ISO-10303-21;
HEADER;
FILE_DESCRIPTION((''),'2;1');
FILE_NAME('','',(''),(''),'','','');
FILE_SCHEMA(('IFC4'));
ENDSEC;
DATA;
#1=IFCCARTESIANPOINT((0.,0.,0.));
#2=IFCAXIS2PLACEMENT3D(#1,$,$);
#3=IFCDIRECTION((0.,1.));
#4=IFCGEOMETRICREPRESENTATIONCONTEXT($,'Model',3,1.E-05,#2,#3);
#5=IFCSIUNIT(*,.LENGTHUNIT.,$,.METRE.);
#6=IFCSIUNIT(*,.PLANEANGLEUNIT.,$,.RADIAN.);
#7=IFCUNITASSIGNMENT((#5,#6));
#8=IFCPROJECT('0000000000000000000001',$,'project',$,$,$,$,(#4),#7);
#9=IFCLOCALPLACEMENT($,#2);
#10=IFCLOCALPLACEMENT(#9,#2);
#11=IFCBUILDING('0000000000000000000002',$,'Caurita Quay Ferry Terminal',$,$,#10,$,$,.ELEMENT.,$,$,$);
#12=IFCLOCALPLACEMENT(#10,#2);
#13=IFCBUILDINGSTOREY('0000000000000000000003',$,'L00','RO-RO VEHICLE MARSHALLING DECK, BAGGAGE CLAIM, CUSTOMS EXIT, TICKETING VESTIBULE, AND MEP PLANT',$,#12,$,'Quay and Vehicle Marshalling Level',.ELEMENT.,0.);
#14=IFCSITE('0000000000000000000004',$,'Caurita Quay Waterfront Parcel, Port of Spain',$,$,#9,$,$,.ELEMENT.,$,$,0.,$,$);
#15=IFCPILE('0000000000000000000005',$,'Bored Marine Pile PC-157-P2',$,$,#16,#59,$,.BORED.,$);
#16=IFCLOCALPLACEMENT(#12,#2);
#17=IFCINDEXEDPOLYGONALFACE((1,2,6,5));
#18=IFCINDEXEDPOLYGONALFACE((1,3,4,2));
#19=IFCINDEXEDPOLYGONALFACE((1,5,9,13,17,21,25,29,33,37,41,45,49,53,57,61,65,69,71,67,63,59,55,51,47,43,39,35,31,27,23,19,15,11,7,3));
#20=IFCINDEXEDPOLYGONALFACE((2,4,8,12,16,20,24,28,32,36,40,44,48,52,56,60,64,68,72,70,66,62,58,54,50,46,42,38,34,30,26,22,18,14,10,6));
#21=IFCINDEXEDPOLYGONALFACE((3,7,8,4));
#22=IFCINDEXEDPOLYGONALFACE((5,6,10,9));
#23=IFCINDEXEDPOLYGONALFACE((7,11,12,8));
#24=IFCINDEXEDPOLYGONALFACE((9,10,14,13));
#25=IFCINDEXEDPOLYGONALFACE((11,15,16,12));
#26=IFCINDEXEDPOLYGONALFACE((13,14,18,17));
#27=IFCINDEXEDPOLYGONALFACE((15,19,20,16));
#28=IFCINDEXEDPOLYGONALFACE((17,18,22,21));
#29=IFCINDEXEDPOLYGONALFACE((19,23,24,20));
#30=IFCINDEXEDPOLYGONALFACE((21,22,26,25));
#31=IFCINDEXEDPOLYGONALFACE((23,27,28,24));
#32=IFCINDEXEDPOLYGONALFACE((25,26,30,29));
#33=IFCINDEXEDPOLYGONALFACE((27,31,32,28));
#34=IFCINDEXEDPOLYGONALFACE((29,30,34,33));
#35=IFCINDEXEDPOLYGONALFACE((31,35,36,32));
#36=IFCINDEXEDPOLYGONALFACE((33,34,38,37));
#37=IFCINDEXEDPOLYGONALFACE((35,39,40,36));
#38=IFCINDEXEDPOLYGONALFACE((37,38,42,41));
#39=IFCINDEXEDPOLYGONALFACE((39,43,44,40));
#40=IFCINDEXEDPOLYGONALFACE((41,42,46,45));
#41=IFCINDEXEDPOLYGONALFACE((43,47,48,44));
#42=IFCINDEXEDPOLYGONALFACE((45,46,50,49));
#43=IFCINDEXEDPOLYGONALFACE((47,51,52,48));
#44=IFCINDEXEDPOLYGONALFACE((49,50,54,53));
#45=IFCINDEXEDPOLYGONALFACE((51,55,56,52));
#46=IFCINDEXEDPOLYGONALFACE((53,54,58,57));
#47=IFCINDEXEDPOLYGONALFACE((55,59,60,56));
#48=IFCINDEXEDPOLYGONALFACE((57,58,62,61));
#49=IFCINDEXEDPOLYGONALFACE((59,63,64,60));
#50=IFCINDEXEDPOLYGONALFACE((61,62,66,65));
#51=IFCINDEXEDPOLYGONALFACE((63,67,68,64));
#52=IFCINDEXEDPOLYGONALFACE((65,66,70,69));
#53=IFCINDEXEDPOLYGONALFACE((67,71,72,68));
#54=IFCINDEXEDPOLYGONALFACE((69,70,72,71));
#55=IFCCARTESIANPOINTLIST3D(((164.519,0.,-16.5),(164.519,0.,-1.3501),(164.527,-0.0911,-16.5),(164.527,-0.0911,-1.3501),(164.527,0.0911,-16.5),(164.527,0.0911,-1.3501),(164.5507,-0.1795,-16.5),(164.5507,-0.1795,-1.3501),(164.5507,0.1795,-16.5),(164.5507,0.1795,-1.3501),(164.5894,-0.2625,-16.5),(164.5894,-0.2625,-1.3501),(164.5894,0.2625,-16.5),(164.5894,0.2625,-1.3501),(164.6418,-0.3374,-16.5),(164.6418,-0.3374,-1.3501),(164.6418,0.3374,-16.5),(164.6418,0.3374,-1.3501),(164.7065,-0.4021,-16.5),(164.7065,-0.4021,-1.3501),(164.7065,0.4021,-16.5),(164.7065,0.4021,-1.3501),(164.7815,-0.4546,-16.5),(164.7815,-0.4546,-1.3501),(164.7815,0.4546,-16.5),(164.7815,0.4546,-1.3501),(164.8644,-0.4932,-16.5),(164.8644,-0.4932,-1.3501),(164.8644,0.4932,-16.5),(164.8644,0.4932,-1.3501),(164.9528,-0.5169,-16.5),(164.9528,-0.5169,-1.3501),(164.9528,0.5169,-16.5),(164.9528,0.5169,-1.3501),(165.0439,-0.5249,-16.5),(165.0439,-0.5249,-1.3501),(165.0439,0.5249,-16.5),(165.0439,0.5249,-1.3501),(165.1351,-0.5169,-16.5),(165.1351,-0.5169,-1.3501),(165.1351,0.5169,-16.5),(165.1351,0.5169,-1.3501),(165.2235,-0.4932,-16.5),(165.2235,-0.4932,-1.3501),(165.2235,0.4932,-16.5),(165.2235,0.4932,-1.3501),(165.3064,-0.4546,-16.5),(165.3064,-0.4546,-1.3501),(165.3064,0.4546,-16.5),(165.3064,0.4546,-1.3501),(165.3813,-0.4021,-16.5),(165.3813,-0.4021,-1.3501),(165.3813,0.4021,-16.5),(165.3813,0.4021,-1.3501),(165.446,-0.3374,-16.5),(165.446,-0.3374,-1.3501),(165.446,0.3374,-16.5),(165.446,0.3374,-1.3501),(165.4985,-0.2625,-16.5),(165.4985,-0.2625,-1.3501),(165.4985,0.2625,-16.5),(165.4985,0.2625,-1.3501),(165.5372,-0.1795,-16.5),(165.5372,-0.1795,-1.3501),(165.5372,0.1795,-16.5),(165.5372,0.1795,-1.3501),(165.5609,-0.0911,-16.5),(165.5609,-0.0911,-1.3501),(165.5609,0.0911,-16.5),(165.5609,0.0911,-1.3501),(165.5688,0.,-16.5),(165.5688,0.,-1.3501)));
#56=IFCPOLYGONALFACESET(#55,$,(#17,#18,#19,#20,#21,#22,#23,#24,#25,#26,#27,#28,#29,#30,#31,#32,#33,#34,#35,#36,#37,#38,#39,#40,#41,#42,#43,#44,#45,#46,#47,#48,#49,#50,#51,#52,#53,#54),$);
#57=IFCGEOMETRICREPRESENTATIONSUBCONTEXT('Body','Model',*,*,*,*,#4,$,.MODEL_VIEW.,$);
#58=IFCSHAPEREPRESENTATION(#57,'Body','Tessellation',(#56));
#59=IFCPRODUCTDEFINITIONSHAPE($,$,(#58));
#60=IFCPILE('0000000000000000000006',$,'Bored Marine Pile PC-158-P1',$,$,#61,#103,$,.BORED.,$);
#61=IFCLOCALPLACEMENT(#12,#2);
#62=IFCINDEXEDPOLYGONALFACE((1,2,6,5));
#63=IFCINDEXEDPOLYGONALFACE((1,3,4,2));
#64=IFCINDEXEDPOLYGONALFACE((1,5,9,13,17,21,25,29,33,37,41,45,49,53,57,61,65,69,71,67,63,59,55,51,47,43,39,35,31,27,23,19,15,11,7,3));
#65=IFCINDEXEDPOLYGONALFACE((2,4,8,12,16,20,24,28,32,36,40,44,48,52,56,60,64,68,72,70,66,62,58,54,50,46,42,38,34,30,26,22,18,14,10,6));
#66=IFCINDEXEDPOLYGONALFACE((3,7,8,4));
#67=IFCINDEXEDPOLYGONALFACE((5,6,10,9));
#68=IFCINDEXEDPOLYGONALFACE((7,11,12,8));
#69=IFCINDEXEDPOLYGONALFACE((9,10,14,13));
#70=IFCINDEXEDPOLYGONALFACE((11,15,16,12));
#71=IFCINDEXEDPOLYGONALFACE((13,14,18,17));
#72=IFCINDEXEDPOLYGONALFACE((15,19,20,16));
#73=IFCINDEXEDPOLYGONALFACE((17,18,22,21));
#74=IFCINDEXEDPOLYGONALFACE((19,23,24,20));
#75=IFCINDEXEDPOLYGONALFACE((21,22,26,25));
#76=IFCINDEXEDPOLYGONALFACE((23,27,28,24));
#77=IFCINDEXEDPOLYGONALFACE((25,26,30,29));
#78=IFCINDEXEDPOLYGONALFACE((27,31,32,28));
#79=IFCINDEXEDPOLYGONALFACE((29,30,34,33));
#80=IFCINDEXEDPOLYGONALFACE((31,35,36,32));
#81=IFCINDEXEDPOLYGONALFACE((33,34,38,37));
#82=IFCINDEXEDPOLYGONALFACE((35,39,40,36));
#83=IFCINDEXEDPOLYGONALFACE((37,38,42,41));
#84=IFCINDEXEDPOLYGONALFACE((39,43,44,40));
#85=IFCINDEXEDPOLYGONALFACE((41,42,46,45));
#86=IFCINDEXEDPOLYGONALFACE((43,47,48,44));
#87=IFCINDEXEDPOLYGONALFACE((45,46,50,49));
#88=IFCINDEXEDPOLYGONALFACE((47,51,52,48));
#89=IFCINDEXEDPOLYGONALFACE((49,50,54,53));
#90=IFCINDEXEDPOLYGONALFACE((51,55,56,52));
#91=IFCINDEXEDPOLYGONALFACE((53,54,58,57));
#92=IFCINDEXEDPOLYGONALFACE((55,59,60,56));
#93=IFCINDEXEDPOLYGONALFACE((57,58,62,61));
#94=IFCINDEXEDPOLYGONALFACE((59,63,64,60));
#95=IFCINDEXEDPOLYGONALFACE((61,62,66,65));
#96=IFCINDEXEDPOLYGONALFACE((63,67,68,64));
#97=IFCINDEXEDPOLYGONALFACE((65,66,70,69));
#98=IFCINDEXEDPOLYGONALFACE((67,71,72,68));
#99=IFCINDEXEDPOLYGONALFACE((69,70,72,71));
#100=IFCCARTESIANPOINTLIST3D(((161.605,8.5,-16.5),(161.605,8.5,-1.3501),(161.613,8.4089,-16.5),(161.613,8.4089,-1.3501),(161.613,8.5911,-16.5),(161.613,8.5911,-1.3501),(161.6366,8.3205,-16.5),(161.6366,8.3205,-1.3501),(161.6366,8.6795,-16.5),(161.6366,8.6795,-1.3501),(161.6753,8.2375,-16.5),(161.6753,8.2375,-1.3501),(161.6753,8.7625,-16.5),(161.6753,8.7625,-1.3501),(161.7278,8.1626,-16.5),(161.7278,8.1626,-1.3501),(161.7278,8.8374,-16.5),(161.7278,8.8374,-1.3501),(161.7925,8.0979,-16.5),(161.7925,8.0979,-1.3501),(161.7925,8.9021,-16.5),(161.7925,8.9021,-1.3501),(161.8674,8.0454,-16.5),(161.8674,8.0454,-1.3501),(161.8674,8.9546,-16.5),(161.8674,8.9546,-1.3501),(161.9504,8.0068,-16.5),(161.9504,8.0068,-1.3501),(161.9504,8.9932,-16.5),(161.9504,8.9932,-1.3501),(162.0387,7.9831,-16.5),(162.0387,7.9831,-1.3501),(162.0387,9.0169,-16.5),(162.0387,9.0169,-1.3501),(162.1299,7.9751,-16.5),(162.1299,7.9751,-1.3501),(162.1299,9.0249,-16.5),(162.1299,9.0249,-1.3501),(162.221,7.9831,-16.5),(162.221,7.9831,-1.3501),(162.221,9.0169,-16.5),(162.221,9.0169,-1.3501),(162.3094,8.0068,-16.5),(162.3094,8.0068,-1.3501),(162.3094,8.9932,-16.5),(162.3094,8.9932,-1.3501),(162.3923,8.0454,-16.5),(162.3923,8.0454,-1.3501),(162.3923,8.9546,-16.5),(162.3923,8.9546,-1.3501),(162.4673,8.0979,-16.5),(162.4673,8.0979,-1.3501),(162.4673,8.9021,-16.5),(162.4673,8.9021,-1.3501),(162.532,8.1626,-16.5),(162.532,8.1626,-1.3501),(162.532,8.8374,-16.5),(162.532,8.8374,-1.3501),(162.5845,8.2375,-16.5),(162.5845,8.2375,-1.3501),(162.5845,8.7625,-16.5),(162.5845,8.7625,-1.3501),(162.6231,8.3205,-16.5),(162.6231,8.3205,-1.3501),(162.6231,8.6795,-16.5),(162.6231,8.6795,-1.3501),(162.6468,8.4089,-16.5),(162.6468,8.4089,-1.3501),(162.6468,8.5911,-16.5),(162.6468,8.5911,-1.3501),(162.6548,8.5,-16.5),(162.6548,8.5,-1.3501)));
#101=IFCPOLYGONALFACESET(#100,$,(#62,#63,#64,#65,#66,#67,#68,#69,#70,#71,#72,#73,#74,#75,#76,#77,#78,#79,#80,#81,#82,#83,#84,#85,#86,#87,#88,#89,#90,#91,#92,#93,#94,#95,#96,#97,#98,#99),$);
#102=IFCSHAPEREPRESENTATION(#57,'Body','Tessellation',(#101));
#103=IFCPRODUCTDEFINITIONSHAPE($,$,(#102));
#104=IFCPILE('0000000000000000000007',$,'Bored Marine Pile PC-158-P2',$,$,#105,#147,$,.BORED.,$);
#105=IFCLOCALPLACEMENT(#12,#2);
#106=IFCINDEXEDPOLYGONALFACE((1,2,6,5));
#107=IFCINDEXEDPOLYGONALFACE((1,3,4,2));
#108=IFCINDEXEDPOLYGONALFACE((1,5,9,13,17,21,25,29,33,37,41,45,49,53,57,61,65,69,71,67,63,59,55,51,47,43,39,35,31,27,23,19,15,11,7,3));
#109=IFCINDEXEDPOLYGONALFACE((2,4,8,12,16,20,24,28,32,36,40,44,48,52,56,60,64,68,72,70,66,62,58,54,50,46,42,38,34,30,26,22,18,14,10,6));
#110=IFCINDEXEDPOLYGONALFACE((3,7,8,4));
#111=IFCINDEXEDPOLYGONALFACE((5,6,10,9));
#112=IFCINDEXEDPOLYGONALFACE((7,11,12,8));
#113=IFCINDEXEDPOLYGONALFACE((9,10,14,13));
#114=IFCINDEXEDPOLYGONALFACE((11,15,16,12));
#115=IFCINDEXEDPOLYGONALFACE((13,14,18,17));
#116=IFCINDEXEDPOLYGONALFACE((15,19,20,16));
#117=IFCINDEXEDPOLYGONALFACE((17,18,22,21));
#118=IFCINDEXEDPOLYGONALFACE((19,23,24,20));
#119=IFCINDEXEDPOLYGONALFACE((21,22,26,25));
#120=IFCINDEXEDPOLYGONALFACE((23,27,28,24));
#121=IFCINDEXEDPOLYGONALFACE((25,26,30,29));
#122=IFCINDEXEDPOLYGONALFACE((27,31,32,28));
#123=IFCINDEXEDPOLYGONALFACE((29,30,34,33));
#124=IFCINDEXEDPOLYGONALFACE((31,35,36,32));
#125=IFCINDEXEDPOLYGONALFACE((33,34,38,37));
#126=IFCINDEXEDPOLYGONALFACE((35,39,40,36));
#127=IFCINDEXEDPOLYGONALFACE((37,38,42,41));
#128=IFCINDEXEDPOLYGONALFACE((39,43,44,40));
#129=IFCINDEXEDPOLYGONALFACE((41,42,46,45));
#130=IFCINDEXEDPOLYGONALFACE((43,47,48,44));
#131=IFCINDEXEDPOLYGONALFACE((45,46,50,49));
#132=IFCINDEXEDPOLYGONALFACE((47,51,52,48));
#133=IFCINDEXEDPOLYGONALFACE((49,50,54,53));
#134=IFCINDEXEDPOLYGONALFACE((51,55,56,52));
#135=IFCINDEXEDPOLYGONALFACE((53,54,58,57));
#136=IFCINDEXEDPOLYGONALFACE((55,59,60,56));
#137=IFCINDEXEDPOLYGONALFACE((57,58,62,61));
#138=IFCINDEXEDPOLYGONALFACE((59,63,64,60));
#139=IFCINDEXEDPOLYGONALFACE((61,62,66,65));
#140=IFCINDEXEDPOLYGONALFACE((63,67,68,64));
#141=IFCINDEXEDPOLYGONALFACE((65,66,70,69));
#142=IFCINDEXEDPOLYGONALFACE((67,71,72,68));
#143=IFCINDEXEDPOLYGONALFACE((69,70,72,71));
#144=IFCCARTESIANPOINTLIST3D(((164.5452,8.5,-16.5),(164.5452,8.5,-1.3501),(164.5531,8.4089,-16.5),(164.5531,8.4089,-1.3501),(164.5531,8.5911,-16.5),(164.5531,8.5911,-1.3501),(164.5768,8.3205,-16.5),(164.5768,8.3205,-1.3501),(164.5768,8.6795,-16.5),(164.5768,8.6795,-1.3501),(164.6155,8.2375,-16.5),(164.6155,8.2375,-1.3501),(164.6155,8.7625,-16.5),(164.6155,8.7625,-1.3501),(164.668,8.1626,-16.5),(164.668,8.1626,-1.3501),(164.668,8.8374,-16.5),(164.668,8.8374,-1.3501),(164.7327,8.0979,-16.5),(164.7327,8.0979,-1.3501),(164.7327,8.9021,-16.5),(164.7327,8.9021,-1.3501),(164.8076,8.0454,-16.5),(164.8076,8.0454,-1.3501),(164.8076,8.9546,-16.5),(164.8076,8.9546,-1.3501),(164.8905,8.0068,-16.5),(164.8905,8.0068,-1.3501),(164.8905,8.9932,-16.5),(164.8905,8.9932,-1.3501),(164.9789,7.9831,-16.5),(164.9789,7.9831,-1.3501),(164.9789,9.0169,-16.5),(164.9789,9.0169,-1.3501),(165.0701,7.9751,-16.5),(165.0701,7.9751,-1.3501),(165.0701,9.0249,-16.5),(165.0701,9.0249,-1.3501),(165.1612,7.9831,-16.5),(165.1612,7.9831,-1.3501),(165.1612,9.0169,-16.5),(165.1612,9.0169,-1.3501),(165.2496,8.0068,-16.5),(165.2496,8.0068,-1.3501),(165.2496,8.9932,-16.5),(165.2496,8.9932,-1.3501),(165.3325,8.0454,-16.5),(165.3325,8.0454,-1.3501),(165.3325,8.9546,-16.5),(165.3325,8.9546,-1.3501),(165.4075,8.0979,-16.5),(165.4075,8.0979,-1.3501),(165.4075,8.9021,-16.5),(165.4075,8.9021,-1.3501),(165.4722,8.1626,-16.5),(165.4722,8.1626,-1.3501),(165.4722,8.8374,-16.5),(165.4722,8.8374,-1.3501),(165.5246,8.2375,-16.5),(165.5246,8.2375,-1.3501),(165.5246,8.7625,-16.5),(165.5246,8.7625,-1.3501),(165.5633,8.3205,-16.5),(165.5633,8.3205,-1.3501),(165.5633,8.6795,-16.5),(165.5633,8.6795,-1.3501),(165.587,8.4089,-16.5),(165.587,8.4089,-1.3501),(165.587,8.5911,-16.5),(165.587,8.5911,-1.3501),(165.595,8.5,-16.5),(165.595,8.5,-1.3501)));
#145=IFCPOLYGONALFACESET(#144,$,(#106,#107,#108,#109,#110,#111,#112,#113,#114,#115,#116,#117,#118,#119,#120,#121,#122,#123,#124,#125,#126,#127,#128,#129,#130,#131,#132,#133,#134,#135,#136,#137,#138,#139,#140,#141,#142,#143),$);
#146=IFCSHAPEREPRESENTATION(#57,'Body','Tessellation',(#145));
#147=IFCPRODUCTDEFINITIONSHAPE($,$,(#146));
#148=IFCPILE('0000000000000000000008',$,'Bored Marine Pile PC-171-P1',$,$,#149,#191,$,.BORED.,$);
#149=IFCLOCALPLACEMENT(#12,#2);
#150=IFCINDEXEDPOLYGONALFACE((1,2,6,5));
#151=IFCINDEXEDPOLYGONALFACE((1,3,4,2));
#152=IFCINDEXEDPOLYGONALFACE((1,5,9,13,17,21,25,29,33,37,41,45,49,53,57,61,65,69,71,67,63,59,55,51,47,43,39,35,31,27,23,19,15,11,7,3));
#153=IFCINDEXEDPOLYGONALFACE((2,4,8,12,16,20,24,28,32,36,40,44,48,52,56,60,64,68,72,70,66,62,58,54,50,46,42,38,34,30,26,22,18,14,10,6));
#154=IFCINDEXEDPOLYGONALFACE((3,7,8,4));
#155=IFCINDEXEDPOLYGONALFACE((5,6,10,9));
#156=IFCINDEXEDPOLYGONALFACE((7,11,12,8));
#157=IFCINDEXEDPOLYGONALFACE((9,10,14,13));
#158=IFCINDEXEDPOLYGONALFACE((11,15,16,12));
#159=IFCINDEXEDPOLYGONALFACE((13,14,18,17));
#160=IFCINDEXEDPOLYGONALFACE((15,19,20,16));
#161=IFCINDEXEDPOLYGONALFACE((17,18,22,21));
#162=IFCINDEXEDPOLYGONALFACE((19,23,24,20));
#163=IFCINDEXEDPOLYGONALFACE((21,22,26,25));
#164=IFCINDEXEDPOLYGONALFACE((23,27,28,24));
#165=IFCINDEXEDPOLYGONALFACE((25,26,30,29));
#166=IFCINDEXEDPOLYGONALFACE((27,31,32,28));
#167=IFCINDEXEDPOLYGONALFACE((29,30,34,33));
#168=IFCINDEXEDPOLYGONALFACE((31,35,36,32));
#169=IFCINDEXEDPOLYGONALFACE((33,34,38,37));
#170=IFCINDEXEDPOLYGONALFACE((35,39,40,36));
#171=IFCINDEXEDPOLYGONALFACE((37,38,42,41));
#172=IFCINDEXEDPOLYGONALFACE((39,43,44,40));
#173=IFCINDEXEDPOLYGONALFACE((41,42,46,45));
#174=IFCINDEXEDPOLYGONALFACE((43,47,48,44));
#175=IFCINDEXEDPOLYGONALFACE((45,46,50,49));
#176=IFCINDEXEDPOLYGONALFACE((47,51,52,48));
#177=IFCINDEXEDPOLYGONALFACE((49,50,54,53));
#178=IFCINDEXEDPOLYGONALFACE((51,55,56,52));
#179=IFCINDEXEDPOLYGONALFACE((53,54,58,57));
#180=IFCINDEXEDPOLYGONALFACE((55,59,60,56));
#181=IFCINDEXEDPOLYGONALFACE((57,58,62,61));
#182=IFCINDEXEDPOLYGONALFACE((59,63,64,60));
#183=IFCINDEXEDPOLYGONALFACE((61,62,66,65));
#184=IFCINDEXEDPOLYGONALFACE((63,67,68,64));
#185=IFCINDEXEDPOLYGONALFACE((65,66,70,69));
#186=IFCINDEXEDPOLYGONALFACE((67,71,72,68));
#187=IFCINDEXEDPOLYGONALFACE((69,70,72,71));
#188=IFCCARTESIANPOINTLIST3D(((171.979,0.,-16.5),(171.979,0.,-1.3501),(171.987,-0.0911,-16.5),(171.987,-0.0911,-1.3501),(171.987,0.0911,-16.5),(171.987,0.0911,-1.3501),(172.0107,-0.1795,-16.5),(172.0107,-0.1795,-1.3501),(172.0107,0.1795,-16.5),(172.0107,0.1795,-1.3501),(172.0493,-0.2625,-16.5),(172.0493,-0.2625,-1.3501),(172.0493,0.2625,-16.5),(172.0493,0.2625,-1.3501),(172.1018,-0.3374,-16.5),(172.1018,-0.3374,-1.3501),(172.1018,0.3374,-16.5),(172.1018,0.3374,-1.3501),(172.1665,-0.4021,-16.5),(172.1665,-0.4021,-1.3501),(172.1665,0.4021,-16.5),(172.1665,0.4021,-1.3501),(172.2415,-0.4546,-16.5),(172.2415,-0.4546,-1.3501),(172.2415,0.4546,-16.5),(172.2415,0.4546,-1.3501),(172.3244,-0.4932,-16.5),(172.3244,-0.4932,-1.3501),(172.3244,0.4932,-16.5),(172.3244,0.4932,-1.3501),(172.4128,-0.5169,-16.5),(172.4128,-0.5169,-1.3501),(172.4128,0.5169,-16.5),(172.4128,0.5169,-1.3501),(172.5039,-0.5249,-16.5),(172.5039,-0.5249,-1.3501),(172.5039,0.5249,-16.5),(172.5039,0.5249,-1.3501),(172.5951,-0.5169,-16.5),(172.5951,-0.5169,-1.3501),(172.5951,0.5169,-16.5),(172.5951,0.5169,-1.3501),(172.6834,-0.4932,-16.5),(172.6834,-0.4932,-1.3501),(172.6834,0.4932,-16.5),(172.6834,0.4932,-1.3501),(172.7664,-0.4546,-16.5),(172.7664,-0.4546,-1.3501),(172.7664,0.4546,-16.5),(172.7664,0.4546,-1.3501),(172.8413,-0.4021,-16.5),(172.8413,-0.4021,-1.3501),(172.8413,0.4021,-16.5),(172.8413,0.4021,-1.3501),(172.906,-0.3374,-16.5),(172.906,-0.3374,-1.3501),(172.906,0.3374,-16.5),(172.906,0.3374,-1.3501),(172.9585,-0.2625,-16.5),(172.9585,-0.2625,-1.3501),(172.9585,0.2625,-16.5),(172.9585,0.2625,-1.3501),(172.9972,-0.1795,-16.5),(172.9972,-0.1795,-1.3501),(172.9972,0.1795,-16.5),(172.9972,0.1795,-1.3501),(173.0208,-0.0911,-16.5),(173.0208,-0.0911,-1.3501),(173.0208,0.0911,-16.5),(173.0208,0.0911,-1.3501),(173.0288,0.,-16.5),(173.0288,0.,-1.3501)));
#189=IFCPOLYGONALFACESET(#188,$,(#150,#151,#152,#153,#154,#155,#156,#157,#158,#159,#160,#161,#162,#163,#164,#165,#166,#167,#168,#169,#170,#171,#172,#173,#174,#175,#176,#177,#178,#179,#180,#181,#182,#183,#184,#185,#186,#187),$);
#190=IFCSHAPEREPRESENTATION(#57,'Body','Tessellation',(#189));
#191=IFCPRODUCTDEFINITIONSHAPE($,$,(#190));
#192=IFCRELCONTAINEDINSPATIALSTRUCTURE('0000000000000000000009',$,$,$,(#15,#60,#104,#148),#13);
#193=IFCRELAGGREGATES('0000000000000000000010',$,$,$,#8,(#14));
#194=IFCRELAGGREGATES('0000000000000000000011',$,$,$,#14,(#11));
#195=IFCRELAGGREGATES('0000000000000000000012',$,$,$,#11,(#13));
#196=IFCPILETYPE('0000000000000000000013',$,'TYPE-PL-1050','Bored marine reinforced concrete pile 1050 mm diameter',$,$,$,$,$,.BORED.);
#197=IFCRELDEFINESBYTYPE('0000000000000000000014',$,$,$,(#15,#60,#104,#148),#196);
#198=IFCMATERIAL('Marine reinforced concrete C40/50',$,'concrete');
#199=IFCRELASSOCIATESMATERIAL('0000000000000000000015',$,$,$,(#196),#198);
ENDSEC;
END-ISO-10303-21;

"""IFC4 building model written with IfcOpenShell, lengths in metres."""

from ifc_helpers import new_model, si_unit, direction, frame, origin, origin_2d, place, context, subcontext, project, spatial, circle, extrude, material, material_profile, profile_set, type_object, element, save


model = new_model("IFC4")

# Units and contexts
model_context = context("Model", 3, precision=1e-05, world=origin(), true_north=direction((0.0, 1.0)))
body_context = subcontext(model_context, "Body", "Model", "MODEL_VIEW")
ifc_project = project(units=[si_unit("LENGTHUNIT", "METRE"), si_unit("PLANEANGLEUNIT", "RADIAN")], contexts=[model_context])

# Site, building, storey
site_placement = place(None, origin())
site = spatial("IfcSite", under=ifc_project, at=site_placement, Name="Caurita Quay Waterfront Parcel, Port of Spain", CompositionType="ELEMENT", RefElevation=0.0)
building_placement = place(site_placement, origin())
building = spatial("IfcBuilding", under=site, at=building_placement, Name="Caurita Quay Ferry Terminal", CompositionType="ELEMENT")
storey_placement = place(building_placement, origin())
storey = spatial("IfcBuildingStorey", under=building, at=storey_placement, Name="L00", Description="RO-RO VEHICLE MARSHALLING DECK, BAGGAGE CLAIM, CUSTOMS EXIT, TICKETING VESTIBULE, AND MEP PLANT", LongName="Quay and Vehicle Marshalling Level", CompositionType="ELEMENT", Elevation=0.0)

# Piles
ifc_material_1 = material(Name="Marine reinforced concrete C40/50", Category="concrete")
ifc_material_profile_1 = material_profile(ifc_material_1, circle(Radius=0.5249, at=origin_2d()), Name="PILE-D1050")
ifc_profile_set_1 = profile_set([ifc_material_profile_1], Name="Marine reinforced concrete C40/50")
pile_type = type_object("IfcPileType", Name="TYPE-PL-1050", Description="Bored marine reinforced concrete pile 1050 mm diameter", PredefinedType="BORED", material=ifc_profile_set_1)
for number, where, z_axis, x_axis, name in (
    (1, (165.0439, 0.0, -1.3501), (0.0, 0.0, -1.0), (1.0, 0.0, 0.0), "Bored Marine Pile PC-157-P2"),
    (2, (162.1299, 8.5, -1.3501), (0.0, 0.0, -1.0), (1.0, 0.0, 0.0), "Bored Marine Pile PC-158-P1"),
    (3, (165.0701, 8.5, -1.3501), (0.0, 0.0, -1.0), (1.0, 0.0, 0.0), "Bored Marine Pile PC-158-P2"),
    (4, (172.5039, 0.0, -1.3501), (0.0, 0.0, -1.0), (1.0, 0.0, 0.0), "Bored Marine Pile PC-171-P1"),
):
    element("IfcPile", number, at=place(storey_placement, frame(where, z_axis=z_axis, x_axis=x_axis)), inside=storey, type_object=pile_type, Name=name, PredefinedType="BORED", context=body_context, shape_type="SweptSolid", body=[
        extrude(circle(Radius=0.5249, at=origin_2d()), origin(), (0.0, 0.0, 1.0), 15.1499),
    ])

save(model, "model.ifc")
